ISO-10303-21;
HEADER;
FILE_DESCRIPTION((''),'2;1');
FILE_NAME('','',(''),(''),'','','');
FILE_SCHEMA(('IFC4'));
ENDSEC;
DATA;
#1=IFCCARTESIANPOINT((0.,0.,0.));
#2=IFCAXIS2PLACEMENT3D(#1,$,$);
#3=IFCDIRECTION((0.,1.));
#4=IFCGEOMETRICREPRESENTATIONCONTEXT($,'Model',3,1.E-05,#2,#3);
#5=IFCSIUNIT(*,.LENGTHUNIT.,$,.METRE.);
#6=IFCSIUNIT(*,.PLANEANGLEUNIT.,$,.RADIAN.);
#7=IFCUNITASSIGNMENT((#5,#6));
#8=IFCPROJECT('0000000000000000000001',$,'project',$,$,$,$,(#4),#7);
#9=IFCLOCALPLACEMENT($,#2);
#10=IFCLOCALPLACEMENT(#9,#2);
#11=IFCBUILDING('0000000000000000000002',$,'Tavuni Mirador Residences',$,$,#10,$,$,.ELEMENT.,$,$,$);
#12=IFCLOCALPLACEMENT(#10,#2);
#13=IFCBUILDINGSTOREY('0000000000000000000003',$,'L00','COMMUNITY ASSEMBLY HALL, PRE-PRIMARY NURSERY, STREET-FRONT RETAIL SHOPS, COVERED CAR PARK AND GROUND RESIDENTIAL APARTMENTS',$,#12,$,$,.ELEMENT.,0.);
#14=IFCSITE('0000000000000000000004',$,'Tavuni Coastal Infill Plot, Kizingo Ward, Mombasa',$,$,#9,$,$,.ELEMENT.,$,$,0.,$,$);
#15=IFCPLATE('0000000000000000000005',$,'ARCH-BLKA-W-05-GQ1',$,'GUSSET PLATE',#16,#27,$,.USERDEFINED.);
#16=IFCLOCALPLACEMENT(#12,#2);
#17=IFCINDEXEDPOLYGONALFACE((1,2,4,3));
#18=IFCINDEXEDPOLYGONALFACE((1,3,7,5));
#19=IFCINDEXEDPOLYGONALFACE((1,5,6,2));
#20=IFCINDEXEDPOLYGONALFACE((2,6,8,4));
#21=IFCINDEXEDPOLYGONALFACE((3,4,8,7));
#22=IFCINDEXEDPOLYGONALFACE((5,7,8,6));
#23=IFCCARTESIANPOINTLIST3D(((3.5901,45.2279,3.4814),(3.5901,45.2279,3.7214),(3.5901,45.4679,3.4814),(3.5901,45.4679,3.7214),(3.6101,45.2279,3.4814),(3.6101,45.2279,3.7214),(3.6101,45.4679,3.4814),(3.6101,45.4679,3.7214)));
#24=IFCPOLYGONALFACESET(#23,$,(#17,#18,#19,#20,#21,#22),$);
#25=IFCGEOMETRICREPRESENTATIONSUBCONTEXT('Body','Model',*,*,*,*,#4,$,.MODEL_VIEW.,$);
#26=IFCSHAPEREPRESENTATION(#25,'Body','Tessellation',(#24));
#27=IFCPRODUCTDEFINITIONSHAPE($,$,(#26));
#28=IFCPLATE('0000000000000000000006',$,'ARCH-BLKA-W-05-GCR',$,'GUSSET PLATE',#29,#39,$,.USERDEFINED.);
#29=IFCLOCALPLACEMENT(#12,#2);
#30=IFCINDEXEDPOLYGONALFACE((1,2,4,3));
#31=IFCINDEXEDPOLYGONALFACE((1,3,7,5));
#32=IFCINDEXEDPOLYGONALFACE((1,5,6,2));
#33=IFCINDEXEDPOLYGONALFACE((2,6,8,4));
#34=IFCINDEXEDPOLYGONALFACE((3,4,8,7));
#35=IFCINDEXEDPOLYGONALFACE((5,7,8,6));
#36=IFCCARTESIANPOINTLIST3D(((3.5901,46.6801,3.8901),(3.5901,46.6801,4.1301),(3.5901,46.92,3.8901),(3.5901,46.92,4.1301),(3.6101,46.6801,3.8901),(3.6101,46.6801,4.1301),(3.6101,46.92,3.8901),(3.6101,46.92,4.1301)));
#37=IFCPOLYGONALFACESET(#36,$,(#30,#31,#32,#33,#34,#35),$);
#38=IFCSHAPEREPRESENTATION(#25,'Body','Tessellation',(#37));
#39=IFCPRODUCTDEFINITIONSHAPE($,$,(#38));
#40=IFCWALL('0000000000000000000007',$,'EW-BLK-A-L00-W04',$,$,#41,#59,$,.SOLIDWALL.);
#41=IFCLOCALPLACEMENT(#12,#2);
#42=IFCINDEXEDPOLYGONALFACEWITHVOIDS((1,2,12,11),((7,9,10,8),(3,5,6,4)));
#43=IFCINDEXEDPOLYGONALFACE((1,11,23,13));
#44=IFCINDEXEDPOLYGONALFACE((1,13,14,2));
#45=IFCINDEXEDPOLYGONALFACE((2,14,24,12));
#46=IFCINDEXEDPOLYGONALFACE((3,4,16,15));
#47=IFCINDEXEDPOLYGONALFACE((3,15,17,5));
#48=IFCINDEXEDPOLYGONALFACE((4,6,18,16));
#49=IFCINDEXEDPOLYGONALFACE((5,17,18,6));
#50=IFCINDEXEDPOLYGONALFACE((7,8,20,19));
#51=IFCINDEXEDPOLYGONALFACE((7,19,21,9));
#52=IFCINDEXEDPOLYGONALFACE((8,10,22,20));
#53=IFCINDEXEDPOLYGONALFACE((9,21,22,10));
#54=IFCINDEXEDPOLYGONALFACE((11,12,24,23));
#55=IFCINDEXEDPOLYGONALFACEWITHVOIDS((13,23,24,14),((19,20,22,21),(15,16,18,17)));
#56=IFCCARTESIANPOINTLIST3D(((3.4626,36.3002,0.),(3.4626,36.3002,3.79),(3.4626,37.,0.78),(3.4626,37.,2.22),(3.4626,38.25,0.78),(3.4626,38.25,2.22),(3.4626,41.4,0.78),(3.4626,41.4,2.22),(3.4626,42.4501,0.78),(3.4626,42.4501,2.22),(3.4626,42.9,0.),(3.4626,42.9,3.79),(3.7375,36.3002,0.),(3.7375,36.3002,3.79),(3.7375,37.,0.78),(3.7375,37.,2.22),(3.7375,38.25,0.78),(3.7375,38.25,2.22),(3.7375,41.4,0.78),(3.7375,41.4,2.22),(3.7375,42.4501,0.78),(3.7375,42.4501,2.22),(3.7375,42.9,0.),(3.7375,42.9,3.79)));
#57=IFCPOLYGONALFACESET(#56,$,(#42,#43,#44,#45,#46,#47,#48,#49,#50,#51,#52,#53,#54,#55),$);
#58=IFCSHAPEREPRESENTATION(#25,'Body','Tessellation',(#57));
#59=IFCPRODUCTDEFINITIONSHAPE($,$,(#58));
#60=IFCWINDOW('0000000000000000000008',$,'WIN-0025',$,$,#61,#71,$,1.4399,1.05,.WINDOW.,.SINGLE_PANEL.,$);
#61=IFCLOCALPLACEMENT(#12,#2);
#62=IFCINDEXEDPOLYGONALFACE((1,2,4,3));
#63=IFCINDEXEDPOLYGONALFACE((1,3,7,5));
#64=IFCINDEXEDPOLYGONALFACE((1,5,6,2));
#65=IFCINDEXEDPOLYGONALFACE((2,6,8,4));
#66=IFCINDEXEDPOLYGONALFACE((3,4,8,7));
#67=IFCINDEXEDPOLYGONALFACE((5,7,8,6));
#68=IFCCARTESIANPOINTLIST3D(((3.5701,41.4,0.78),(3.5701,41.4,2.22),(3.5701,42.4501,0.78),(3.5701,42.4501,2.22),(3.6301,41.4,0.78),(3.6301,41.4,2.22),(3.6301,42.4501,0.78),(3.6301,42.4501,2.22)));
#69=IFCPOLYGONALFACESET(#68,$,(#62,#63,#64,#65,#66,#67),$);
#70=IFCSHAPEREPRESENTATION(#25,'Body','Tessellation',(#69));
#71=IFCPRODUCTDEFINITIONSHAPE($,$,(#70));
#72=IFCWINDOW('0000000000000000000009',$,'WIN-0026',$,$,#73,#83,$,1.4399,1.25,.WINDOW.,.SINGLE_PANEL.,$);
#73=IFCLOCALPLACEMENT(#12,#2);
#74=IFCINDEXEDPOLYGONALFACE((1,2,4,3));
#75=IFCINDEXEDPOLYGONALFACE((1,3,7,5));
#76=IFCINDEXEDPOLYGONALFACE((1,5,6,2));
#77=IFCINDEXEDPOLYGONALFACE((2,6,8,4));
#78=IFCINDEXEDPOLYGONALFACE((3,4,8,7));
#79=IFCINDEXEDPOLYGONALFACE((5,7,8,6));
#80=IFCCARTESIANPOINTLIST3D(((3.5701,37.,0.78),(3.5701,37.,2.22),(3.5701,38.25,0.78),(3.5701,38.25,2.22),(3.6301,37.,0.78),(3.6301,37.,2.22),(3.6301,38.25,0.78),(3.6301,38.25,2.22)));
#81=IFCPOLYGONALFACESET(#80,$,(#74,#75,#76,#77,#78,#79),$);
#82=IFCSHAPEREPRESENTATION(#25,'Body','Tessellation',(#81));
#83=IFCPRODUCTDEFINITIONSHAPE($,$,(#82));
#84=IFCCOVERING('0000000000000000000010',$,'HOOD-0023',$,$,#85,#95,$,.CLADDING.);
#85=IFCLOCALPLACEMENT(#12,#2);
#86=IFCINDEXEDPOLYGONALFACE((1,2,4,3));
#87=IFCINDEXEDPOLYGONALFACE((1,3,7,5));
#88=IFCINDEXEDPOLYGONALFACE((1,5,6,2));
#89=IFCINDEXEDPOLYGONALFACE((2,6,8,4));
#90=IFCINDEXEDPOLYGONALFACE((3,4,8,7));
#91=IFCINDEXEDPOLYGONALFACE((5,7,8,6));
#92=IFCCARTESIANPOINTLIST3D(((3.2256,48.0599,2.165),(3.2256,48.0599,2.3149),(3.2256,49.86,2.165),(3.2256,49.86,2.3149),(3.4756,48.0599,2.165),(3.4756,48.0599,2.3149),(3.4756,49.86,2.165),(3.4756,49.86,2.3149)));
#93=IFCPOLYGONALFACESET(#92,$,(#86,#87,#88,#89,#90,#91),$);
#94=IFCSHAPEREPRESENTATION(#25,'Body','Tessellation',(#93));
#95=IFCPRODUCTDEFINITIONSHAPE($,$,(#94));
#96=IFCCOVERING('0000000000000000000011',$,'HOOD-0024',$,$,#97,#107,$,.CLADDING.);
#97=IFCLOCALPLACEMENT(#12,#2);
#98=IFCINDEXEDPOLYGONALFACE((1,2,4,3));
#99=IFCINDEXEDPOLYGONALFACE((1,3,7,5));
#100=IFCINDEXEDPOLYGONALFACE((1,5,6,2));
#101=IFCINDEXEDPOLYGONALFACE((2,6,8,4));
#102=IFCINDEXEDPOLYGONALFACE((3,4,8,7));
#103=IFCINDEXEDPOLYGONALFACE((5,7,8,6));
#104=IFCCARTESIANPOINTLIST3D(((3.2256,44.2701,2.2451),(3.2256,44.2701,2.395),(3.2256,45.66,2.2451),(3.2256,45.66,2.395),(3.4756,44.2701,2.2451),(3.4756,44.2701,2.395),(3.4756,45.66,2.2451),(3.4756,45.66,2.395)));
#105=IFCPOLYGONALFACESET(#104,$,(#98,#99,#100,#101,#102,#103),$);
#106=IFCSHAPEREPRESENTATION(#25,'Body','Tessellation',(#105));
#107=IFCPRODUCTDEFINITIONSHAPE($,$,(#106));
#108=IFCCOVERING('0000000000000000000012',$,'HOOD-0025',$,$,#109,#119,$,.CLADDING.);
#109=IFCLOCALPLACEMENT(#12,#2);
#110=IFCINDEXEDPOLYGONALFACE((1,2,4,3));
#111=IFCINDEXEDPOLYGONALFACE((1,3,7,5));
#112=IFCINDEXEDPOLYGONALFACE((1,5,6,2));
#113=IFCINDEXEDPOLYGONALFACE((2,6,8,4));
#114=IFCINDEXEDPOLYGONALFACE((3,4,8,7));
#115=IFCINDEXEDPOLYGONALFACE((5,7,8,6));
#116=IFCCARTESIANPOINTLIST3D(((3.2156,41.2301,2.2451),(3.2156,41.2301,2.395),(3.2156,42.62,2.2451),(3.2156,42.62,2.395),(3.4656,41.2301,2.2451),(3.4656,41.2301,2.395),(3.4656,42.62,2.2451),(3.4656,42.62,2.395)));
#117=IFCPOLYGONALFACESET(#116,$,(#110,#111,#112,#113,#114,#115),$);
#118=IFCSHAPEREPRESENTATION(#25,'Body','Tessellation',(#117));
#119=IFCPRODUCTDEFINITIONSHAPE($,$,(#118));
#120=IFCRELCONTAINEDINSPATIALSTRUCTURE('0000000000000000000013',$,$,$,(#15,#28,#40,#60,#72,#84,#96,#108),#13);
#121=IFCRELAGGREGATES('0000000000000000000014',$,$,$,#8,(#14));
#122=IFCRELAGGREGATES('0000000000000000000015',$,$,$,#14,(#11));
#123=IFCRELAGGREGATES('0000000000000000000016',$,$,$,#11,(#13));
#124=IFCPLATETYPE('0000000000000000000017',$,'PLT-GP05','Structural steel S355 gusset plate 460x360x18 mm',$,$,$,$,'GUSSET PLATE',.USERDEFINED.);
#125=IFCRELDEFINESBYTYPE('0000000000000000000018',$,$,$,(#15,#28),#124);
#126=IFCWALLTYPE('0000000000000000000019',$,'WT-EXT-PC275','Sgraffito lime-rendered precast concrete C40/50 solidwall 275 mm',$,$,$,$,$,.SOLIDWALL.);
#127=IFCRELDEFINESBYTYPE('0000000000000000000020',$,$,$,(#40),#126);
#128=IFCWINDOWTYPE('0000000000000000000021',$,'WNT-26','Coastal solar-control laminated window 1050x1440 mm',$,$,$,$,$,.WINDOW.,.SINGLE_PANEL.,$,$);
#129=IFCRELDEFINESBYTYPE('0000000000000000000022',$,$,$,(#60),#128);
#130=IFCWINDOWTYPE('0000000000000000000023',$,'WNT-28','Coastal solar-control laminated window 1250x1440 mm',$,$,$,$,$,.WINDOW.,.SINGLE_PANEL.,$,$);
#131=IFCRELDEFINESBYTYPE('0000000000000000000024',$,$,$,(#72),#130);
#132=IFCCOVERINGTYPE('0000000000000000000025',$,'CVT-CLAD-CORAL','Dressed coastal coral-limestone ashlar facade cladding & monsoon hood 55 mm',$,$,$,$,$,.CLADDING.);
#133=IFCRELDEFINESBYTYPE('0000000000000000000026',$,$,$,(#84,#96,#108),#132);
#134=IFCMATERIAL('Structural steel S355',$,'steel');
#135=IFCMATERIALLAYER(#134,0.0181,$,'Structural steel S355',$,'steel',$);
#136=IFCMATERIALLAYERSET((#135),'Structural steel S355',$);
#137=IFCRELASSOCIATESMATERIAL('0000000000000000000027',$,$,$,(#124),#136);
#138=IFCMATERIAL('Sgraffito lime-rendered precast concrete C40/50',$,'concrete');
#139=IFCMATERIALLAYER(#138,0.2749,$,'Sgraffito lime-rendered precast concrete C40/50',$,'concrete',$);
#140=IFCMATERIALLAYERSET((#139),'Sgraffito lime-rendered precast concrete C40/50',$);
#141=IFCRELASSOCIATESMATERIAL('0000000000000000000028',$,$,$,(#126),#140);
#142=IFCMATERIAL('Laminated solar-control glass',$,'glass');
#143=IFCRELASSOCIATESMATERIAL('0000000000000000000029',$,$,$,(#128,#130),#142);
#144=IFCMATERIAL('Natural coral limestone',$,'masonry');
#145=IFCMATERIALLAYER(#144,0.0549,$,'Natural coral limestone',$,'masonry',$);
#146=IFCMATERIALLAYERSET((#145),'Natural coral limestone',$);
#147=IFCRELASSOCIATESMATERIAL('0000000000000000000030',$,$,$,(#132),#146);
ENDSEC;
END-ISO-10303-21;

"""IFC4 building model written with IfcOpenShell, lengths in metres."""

from ifc_helpers import new_model, si_unit, direction, frame, frame_2d, origin, origin_2d, place, context, subcontext, project, spatial, rectangle, extrude, material, layer, layer_set, type_object, element, fill, save


model = new_model("IFC4")

# Units and contexts
model_context = context("Model", 3, precision=1e-05, world=origin(), true_north=direction((0.0, 1.0)))
body_context = subcontext(model_context, "Body", "Model", "MODEL_VIEW")
ifc_project = project(units=[si_unit("LENGTHUNIT", "METRE"), si_unit("PLANEANGLEUNIT", "RADIAN")], contexts=[model_context])

# Site, building, storey
site_placement = place(None, origin())
site = spatial("IfcSite", under=ifc_project, at=site_placement, Name="Tavuni Coastal Infill Plot, Kizingo Ward, Mombasa", CompositionType="ELEMENT", RefElevation=0.0)
building_placement = place(site_placement, origin())
building = spatial("IfcBuilding", under=site, at=building_placement, Name="Tavuni Mirador Residences", CompositionType="ELEMENT")
storey_placement = place(building_placement, origin())
storey = spatial("IfcBuildingStorey", under=building, at=storey_placement, Name="L00", Description="COMMUNITY ASSEMBLY HALL, PRE-PRIMARY NURSERY, STREET-FRONT RETAIL SHOPS, COVERED CAR PARK AND GROUND RESIDENTIAL APARTMENTS", CompositionType="ELEMENT", Elevation=0.0)

# Shared definitions
ifc_material_1 = material(Name="Structural steel S355", Category="steel")

# Plates
ifc_layer_1 = layer(ifc_material_1, 0.0181, Name="Structural steel S355", Category="steel")
ifc_layer_set_1 = layer_set([ifc_layer_1], Name="Structural steel S355")
plate_type = type_object("IfcPlateType", Name="PLT-GP05", Description="Structural steel S355 gusset plate 460x360x18 mm", ElementType="GUSSET PLATE", PredefinedType="USERDEFINED", material=ifc_layer_set_1)
for number, where, z_axis, x_axis, name in (
    (1, (3.6001, 45.3479, 3.4814), (0.0, 0.0, 1.0), (1.0, 0.0, 0.0), "ARCH-BLKA-W-05-GQ1"),
    (2, (3.6001, 46.8, 3.8901), (0.0, 0.0, 1.0), (1.0, 0.0, 0.0), "ARCH-BLKA-W-05-GCR"),
):
    element("IfcPlate", number, at=place(storey_placement, frame(where, z_axis=z_axis, x_axis=x_axis)), inside=storey, type_object=plate_type, Name=name, ObjectType="GUSSET PLATE", PredefinedType="USERDEFINED", context=body_context, shape_type="SweptSolid", body=[
        extrude(rectangle(XDim=0.02, YDim=0.24, at=origin_2d()), origin(), (0.0, 0.0, 1.0), 0.24),
    ])

# Wall, openings, windows
ifc_material_2 = material(Name="Sgraffito lime-rendered precast concrete C40/50", Category="concrete")
ifc_layer_2 = layer(ifc_material_2, 0.2749, Name="Sgraffito lime-rendered precast concrete C40/50", Category="concrete")
ifc_layer_set_2 = layer_set([ifc_layer_2], Name="Sgraffito lime-rendered precast concrete C40/50")
wall_type = type_object("IfcWallType", Name="WT-EXT-PC275", Description="Sgraffito lime-rendered precast concrete C40/50 solidwall 275 mm", PredefinedType="SOLIDWALL", material=ifc_layer_set_2)
wall_placement = place(storey_placement, frame((3.6001, 42.8999, 0.0), z_axis=(0.0, 0.0, 1.0), x_axis=(0.0, -1.0, 0.0)))
wall = element("IfcWall", 3, at=wall_placement, inside=storey, type_object=wall_type, Name="EW-BLK-A-L00-W04", PredefinedType="SOLIDWALL", context=body_context, shape_type="SweptSolid", body=[
    extrude(rectangle(XDim=6.5999, YDim=0.2749, at=frame_2d((3.2998, 0.0))), origin(), (0.0, 0.0, 1.0), 3.79),
])
opening_1_placement = place(wall_placement, frame((0.45, 0.0, 0.78)))
opening_1 = element("IfcOpeningElement", 4, at=opening_1_placement, cuts=wall, PredefinedType="OPENING", context=body_context, shape_type="SweptSolid", body=[
    extrude(rectangle(XDim=1.05, YDim=1.4399, at=frame_2d((0.5249, 0.72))), frame((0.0, 0.1475, 0.0), z_axis=(0.0, -1.0, 0.0), x_axis=(1.0, 0.0, 0.0)), (0.0, 0.0, 1.0), 0.2949),
])
opening_2_placement = place(wall_placement, frame((4.6499, 0.0, 0.78)))
opening_2 = element("IfcOpeningElement", 5, at=opening_2_placement, cuts=wall, PredefinedType="OPENING", context=body_context, shape_type="SweptSolid", body=[
    extrude(rectangle(XDim=1.25, YDim=1.4399, at=frame_2d((0.625, 0.72))), frame((0.0, 0.1475, 0.0), z_axis=(0.0, -1.0, 0.0), x_axis=(1.0, 0.0, 0.0)), (0.0, 0.0, 1.0), 0.2949),
])
ifc_material_3 = material(Name="Laminated solar-control glass", Category="glass")
window_type_1 = type_object("IfcWindowType", Name="WNT-26", Description="Coastal solar-control laminated window 1050x1440 mm", PartitioningType="SINGLE_PANEL", PredefinedType="WINDOW", material=ifc_material_3)
window_1_placement = place(opening_1_placement, origin())
window_1 = element("IfcWindow", 6, at=window_1_placement, inside=storey, type_object=window_type_1, Name="WIN-0025", OverallHeight=1.4399, OverallWidth=1.05, PartitioningType="SINGLE_PANEL", PredefinedType="WINDOW", context=body_context, shape_type="SweptSolid", body=[
    extrude(rectangle(XDim=1.05, YDim=1.4399, at=frame_2d((0.5249, 0.72))), frame((0.0, 0.03, 0.0), z_axis=(0.0, -1.0, 0.0), x_axis=(1.0, 0.0, 0.0)), (0.0, 0.0, 1.0), 0.0601),
])
fill(opening_1, window_1)
window_type_2 = type_object("IfcWindowType", Name="WNT-28", Description="Coastal solar-control laminated window 1250x1440 mm", PartitioningType="SINGLE_PANEL", PredefinedType="WINDOW", material=ifc_material_3)
window_2_placement = place(opening_2_placement, origin())
window_2 = element("IfcWindow", 7, at=window_2_placement, inside=storey, type_object=window_type_2, Name="WIN-0026", OverallHeight=1.4399, OverallWidth=1.25, PartitioningType="SINGLE_PANEL", PredefinedType="WINDOW", context=body_context, shape_type="SweptSolid", body=[
    extrude(rectangle(XDim=1.25, YDim=1.4399, at=frame_2d((0.625, 0.72))), frame((0.0, 0.03, 0.0), z_axis=(0.0, -1.0, 0.0), x_axis=(1.0, 0.0, 0.0)), (0.0, 0.0, 1.0), 0.0601),
])
fill(opening_2, window_2)

# Coverings
ifc_material_4 = material(Name="Natural coral limestone", Category="masonry")
ifc_layer_3 = layer(ifc_material_4, 0.0549, Name="Natural coral limestone", Category="masonry")
ifc_layer_set_3 = layer_set([ifc_layer_3], Name="Natural coral limestone")
covering_type = type_object("IfcCoveringType", Name="CVT-CLAD-CORAL", Description="Dressed coastal coral-limestone ashlar facade cladding & monsoon hood 55 mm", PredefinedType="CLADDING", material=ifc_layer_set_3)
covering_placement = place(storey_placement, frame((3.3506, 48.96, 2.165), z_axis=(0.0, 0.0, 1.0), x_axis=(0.0, -1.0, 0.0)))
element("IfcCovering", 8, at=covering_placement, inside=storey, type_object=covering_type, Name="HOOD-0023", PredefinedType="CLADDING", context=body_context, shape_type="SweptSolid", body=[
    extrude(rectangle(XDim=1.8, YDim=0.25, at=origin_2d()), origin(), (0.0, 0.0, 1.0), 0.1499),
])
for number, where, z_axis, x_axis, name in (
    (9, (3.3506, 44.9651, 2.2451), (0.0, 0.0, 1.0), (0.0, -1.0, 0.0), "HOOD-0024"),
    (10, (3.3406, 41.925, 2.2451), (0.0, 0.0, 1.0), (0.0, -1.0, 0.0), "HOOD-0025"),
):
    element("IfcCovering", number, at=place(storey_placement, frame(where, z_axis=z_axis, x_axis=x_axis)), inside=storey, type_object=covering_type, Name=name, PredefinedType="CLADDING", context=body_context, shape_type="SweptSolid", body=[
        extrude(rectangle(XDim=1.3899, YDim=0.25, at=origin_2d()), origin(), (0.0, 0.0, 1.0), 0.1499),
    ])

save(model, "model.ifc")
